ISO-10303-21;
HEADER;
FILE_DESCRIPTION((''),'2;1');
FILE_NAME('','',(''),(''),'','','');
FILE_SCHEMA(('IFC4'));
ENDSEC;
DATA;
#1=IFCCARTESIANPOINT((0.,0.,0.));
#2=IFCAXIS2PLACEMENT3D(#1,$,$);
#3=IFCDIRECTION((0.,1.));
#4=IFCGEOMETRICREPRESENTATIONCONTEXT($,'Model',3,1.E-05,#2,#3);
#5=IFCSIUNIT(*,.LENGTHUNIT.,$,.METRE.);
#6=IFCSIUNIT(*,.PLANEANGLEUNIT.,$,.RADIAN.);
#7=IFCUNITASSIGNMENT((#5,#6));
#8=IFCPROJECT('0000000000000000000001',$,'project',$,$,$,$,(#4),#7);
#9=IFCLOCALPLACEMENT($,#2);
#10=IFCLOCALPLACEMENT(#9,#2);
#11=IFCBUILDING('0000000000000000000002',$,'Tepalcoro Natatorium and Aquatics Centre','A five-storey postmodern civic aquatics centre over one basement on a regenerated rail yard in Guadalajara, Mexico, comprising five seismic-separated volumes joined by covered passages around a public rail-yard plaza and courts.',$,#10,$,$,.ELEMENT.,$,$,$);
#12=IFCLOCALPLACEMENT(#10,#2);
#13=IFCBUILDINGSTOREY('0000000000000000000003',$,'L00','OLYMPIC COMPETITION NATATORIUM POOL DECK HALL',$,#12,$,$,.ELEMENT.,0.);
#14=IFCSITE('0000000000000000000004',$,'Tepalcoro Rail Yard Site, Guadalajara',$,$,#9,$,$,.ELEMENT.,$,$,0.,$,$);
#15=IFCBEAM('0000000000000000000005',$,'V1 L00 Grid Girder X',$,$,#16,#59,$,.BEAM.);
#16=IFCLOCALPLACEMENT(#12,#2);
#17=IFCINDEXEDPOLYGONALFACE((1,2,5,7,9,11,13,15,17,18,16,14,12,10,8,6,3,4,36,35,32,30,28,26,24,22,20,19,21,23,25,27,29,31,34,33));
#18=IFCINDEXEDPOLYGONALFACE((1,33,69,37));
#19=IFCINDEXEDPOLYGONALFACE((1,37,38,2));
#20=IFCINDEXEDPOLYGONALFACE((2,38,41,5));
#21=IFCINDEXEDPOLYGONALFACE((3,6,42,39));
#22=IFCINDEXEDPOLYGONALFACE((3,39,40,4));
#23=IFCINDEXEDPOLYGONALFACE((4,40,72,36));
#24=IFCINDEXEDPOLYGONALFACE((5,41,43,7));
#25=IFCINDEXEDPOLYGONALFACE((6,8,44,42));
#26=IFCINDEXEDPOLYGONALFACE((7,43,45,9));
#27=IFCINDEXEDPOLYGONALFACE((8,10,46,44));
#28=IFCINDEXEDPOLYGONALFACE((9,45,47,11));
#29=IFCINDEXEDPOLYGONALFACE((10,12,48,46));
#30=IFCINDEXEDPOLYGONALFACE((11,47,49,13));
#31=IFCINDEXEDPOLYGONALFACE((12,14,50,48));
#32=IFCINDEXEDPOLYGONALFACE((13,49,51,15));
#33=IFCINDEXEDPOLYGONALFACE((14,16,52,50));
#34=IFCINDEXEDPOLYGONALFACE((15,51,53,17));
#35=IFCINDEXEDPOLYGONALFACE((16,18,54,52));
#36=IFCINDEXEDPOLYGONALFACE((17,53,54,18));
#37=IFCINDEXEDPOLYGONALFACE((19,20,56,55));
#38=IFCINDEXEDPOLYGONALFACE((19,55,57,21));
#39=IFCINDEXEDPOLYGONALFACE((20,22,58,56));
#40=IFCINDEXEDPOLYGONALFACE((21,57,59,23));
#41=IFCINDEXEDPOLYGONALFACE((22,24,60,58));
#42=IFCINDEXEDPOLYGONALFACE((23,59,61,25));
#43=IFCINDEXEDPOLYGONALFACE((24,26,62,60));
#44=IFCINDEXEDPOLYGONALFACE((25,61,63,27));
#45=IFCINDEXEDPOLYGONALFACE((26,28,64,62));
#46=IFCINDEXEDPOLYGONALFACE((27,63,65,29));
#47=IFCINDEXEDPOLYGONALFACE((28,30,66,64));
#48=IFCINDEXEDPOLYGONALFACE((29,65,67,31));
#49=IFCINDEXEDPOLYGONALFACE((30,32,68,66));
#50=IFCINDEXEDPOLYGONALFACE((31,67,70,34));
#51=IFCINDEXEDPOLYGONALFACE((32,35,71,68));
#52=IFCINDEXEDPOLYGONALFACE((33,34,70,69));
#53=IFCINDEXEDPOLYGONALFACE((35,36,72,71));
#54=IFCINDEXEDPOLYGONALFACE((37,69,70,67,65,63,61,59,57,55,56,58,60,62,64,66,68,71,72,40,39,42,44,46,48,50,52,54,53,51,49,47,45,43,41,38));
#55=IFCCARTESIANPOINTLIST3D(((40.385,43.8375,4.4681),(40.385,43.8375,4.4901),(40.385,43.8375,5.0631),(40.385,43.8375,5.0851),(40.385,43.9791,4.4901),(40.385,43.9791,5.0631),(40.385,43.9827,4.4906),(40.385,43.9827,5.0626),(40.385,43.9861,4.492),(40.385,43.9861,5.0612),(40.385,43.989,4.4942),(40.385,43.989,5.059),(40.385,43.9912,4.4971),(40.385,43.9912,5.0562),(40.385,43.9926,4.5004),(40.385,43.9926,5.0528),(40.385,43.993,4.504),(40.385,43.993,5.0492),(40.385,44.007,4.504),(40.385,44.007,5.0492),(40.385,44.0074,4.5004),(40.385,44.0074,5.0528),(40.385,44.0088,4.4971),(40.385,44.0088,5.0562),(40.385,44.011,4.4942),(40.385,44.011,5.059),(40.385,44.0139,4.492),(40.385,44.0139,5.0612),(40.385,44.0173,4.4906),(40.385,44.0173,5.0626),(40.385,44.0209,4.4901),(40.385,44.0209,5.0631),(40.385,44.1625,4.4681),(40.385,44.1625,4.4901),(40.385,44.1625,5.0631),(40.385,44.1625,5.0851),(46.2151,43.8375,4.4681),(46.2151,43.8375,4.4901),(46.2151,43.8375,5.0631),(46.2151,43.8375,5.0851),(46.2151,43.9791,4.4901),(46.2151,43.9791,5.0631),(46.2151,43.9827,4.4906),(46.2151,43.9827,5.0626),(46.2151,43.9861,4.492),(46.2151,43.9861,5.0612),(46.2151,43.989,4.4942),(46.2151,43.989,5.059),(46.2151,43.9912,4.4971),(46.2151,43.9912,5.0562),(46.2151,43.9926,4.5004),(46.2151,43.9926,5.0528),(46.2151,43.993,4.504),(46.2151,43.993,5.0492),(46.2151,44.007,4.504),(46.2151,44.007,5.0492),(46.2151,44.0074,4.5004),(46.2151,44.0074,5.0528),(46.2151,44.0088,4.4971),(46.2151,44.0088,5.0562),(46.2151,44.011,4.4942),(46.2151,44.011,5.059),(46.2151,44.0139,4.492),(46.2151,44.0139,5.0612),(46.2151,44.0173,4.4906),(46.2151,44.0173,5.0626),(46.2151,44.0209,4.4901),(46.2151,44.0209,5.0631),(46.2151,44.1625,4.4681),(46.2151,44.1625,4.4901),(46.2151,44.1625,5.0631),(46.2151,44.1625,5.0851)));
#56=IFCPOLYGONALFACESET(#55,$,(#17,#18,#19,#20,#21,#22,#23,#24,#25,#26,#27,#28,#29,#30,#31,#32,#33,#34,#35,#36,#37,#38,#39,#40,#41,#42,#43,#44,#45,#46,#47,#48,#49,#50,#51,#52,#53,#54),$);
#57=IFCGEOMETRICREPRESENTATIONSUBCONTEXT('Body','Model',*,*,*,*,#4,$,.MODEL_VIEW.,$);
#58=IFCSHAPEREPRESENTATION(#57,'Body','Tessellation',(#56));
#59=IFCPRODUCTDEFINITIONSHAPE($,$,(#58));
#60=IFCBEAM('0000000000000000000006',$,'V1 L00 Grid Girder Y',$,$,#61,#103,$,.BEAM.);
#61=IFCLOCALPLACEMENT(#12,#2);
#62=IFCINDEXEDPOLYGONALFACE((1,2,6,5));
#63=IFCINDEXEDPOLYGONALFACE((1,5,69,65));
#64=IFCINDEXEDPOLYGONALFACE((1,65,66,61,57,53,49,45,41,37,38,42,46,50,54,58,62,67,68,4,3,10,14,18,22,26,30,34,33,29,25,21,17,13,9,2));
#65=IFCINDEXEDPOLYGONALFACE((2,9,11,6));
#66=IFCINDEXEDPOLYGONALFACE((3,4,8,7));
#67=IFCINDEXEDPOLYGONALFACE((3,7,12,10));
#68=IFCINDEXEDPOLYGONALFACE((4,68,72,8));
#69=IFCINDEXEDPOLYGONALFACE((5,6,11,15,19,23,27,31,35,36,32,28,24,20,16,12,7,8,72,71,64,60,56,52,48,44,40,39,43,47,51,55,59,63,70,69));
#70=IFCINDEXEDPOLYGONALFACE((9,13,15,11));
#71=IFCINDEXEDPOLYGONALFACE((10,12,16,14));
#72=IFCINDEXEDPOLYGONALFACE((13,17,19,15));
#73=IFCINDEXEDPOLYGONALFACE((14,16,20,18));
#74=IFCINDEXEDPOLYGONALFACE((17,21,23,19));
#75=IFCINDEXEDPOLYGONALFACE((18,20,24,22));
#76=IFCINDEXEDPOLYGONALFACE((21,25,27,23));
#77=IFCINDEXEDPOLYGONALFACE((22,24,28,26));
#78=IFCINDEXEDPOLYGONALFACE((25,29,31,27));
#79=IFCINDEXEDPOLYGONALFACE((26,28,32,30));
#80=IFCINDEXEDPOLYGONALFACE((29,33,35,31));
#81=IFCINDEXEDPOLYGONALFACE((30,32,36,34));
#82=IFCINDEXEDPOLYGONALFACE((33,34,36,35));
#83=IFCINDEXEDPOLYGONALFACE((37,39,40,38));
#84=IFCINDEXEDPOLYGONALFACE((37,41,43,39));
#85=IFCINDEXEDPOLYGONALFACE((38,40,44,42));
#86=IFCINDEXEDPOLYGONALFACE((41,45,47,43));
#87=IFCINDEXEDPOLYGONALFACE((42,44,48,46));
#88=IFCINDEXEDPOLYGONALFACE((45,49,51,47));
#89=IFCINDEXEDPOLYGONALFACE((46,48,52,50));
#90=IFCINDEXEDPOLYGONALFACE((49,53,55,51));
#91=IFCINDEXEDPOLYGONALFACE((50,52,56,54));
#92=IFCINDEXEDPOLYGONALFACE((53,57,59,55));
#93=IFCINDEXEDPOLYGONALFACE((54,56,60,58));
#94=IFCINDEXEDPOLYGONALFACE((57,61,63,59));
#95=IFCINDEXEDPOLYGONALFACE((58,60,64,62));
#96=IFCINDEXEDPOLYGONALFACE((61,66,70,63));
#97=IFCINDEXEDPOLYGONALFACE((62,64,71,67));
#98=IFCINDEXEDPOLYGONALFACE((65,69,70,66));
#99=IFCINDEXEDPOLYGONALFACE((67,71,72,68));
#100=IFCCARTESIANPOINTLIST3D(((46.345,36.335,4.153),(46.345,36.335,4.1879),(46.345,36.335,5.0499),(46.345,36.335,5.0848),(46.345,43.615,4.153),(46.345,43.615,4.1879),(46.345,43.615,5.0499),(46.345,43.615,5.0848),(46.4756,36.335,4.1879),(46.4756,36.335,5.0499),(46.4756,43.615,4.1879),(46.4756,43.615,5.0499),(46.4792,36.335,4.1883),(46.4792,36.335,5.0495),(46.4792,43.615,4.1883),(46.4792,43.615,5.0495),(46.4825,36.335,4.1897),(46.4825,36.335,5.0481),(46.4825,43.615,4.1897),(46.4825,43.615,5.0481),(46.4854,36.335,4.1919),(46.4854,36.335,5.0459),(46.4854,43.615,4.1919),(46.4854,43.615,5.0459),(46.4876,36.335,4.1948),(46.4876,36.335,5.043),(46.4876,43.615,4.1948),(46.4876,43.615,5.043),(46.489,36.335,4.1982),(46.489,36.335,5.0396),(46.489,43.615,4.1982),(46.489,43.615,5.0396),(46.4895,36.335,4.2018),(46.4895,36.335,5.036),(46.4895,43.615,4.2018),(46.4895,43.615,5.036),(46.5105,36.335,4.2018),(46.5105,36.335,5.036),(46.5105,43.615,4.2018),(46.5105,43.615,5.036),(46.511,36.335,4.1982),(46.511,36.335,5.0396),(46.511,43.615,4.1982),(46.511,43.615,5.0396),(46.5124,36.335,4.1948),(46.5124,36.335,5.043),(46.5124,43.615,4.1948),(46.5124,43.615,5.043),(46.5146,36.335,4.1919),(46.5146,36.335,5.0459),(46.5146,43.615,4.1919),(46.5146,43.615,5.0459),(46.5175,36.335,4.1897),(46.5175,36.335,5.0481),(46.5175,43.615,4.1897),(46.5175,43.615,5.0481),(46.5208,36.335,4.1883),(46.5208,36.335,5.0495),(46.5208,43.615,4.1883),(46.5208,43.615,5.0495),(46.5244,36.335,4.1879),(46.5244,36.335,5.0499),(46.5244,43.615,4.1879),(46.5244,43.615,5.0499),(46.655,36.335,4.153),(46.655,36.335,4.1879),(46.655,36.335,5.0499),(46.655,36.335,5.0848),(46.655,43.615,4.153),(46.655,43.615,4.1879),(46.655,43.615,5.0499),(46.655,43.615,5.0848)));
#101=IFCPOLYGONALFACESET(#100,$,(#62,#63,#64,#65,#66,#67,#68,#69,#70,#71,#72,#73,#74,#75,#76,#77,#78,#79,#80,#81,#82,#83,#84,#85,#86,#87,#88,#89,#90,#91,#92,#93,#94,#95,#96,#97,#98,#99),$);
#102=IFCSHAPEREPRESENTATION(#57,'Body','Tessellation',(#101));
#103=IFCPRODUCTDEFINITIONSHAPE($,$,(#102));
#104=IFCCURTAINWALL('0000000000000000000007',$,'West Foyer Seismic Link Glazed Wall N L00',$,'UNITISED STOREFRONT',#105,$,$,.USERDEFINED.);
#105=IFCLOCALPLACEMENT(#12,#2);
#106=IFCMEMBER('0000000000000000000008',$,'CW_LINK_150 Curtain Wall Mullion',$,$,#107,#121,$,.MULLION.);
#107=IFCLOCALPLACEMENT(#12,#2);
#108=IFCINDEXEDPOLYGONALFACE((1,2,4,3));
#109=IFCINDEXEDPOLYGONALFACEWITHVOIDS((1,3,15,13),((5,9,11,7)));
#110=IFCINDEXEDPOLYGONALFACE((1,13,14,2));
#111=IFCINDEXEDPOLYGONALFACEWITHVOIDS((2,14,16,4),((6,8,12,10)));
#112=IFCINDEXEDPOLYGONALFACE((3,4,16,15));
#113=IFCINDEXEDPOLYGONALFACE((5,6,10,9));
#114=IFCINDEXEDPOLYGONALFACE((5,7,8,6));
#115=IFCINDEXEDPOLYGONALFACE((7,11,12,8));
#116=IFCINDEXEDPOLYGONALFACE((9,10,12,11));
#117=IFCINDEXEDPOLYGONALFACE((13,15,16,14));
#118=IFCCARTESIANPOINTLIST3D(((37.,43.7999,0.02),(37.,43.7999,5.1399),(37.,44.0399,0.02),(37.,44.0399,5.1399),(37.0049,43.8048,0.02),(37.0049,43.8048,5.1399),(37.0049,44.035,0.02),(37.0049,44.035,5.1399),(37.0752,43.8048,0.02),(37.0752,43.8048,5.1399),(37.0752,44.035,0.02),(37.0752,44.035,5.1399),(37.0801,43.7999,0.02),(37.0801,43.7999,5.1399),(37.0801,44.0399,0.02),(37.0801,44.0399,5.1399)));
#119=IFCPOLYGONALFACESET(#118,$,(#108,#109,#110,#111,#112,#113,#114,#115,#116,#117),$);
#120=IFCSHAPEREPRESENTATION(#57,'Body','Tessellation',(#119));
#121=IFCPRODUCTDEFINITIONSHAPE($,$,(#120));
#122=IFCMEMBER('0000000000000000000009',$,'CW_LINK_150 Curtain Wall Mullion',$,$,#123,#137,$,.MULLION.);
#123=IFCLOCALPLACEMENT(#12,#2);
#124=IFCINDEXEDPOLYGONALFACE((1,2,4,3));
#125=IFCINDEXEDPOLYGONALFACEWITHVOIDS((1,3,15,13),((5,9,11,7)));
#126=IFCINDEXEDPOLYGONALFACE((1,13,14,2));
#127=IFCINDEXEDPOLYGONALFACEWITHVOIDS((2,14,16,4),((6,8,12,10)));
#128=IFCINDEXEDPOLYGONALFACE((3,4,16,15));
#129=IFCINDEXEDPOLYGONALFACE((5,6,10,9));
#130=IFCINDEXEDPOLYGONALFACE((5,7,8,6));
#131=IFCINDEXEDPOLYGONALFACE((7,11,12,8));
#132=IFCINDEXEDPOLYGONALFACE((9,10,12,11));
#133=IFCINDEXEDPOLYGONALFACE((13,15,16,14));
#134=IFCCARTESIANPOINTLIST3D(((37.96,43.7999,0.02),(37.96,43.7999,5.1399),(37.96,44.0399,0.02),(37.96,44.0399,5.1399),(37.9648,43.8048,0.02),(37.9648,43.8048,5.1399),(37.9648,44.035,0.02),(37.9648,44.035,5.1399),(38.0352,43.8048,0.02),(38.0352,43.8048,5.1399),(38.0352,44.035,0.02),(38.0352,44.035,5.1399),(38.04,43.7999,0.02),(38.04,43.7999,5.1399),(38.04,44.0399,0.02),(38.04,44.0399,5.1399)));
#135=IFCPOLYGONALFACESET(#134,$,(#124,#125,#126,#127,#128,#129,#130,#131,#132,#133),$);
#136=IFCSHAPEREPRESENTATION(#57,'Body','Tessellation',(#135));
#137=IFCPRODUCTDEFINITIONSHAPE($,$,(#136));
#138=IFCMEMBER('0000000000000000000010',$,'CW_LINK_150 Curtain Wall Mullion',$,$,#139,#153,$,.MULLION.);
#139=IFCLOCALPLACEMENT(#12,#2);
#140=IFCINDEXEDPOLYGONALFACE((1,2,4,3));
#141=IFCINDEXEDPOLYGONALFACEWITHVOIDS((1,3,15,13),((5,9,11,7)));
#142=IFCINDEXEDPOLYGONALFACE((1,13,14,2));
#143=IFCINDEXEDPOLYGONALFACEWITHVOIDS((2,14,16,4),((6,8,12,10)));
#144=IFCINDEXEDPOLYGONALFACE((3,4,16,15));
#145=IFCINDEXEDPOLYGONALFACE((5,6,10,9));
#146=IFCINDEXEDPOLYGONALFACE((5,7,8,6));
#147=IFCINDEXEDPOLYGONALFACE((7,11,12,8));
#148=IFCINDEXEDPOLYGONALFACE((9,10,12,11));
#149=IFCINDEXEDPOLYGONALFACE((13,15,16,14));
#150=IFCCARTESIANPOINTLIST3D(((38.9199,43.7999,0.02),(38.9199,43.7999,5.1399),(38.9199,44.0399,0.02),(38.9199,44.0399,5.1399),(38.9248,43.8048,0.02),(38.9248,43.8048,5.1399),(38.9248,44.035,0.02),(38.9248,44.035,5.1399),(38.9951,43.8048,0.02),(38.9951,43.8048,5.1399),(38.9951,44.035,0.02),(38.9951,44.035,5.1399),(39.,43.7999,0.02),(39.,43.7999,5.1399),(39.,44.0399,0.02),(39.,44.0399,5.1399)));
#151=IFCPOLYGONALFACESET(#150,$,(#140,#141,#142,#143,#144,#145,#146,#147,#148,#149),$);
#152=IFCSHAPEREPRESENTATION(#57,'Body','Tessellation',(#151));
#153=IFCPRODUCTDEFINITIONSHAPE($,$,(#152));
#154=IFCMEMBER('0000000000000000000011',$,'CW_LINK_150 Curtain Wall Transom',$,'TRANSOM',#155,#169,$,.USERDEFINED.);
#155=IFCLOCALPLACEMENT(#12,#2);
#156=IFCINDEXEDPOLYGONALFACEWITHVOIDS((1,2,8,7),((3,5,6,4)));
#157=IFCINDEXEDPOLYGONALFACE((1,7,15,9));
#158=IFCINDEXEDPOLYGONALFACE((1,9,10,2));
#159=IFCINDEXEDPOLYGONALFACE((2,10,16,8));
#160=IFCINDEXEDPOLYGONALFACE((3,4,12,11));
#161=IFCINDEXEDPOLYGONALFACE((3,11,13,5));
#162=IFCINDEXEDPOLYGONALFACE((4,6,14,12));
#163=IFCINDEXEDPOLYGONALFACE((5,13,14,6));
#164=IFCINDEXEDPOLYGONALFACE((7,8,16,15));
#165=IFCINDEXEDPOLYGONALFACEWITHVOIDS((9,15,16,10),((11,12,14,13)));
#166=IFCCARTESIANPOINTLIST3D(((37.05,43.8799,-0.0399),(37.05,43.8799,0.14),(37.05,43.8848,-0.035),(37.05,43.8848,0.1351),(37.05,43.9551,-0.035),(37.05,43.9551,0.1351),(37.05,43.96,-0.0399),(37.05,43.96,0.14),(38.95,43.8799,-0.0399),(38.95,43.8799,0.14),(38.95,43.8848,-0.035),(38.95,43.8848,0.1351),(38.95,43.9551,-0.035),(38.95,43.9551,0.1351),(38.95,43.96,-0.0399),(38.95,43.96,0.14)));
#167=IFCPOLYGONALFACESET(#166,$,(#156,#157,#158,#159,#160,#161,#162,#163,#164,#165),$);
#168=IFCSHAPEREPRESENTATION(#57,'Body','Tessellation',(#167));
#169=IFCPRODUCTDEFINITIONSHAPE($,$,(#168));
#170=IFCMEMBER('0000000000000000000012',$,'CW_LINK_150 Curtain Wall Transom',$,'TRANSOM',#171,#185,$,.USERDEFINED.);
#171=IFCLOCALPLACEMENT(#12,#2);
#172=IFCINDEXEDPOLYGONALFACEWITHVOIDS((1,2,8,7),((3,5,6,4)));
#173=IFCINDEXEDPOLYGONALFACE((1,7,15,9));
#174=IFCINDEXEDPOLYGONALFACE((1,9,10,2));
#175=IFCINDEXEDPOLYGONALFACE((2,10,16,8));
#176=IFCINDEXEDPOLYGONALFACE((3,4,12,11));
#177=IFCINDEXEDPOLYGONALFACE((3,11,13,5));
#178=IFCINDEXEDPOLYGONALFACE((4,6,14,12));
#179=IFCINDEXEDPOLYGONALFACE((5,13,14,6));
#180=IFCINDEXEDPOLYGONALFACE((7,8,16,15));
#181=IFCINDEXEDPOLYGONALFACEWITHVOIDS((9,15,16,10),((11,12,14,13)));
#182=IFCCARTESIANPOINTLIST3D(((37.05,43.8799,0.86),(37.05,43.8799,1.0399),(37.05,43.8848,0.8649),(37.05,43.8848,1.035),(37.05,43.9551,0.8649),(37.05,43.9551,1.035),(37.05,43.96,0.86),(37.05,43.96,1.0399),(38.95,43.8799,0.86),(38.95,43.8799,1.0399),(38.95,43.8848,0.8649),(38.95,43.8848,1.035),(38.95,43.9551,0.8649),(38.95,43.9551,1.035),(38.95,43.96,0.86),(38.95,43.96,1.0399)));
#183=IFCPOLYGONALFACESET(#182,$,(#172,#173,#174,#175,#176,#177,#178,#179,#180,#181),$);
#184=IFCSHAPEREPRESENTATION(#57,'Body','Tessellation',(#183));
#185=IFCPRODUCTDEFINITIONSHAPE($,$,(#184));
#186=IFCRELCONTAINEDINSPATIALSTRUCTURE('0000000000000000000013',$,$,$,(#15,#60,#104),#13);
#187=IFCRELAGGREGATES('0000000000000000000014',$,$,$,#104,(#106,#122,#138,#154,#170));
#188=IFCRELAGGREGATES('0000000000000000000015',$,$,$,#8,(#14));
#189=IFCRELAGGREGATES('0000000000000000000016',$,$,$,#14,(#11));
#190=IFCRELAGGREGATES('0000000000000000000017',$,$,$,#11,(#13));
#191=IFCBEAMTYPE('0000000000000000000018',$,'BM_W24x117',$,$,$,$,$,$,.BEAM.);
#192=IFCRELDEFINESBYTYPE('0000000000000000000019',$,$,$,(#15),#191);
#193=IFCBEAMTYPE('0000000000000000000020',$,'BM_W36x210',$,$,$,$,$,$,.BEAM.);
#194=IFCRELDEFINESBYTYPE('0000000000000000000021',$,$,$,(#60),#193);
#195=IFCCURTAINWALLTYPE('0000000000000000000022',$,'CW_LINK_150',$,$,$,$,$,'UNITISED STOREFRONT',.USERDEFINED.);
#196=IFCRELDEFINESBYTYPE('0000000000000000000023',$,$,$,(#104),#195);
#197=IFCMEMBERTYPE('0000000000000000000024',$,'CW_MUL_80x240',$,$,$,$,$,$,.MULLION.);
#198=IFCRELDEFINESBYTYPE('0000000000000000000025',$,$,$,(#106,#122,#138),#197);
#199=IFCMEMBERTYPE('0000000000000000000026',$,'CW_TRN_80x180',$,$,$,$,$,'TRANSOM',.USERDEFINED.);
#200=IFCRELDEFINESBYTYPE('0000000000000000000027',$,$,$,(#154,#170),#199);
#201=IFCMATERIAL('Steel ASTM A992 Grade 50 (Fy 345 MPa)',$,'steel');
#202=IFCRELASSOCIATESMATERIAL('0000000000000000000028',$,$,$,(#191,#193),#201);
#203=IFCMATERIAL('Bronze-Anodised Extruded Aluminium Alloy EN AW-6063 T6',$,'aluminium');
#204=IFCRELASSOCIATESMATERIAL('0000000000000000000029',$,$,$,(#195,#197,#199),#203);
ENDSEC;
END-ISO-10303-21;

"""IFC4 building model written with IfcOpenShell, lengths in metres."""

from ifc_helpers import new_model, si_unit, direction, frame, origin, origin_2d, place, context, subcontext, project, spatial, hollow_rectangle, i_section, extrude, material, material_profile, profile_set, type_object, element, aggregate, save


model = new_model("IFC4")

# Units and contexts
model_context = context("Model", 3, precision=1e-05, world=origin(), true_north=direction((0.0, 1.0)))
body_context = subcontext(model_context, "Body", "Model", "MODEL_VIEW")
ifc_project = project(units=[si_unit("LENGTHUNIT", "METRE"), si_unit("PLANEANGLEUNIT", "RADIAN")], contexts=[model_context])

# Site, building, storey
site_placement = place(None, origin())
site = spatial("IfcSite", under=ifc_project, at=site_placement, Name="Tepalcoro Rail Yard Site, Guadalajara", CompositionType="ELEMENT", RefElevation=0.0)
building_placement = place(site_placement, origin())
building = spatial("IfcBuilding", under=site, at=building_placement, Name="Tepalcoro Natatorium and Aquatics Centre", Description="A five-storey postmodern civic aquatics centre over one basement on a regenerated rail yard in Guadalajara, Mexico, comprising five seismic-separated volumes joined by covered passages around a public rail-yard plaza and courts.", CompositionType="ELEMENT")
storey_placement = place(building_placement, origin())
storey = spatial("IfcBuildingStorey", under=building, at=storey_placement, Name="L00", Description="OLYMPIC COMPETITION NATATORIUM POOL DECK HALL", CompositionType="ELEMENT", Elevation=0.0)

# Shared definitions
ifc_material_1 = material(Name="Steel ASTM A992 Grade 50 (Fy 345 MPa)", Category="steel")

# Beams
ifc_material_profile_1 = material_profile(ifc_material_1, i_section(OverallWidth=0.325, OverallDepth=0.6169, WebThickness=0.0139, FlangeThickness=0.022, FilletRadius=0.0139, at=origin_2d()), Name="W24X117")
ifc_profile_set_1 = profile_set([ifc_material_profile_1], Name="Steel ASTM A992 Grade 50 (Fy 345 MPa)")
beam_type_1 = type_object("IfcBeamType", Name="BM_W24x117", PredefinedType="BEAM", material=ifc_profile_set_1)
beam_1_placement = place(storey_placement, frame((40.385, 44.0, 4.7766), z_axis=(1.0, 0.0, 0.0), x_axis=(0.0, 1.0, 0.0)))
element("IfcBeam", 1, at=beam_1_placement, inside=storey, type_object=beam_type_1, Name="V1 L00 Grid Girder X", PredefinedType="BEAM", context=body_context, shape_type="SweptSolid", body=[
    extrude(i_section(OverallWidth=0.325, OverallDepth=0.6169, WebThickness=0.0139, FlangeThickness=0.022, FilletRadius=0.0139, at=origin_2d()), origin(), (0.0, 0.0, 1.0), 5.8301),
])
ifc_material_profile_2 = material_profile(ifc_material_1, i_section(OverallWidth=0.3101, OverallDepth=0.9319, WebThickness=0.021, FlangeThickness=0.0349, FilletRadius=0.0139, at=origin_2d()), Name="W36X210")
ifc_profile_set_2 = profile_set([ifc_material_profile_2], Name="Steel ASTM A992 Grade 50 (Fy 345 MPa)")
beam_type_2 = type_object("IfcBeamType", Name="BM_W36x210", PredefinedType="BEAM", material=ifc_profile_set_2)
beam_2_placement = place(storey_placement, frame((46.5, 36.335, 4.6189), z_axis=(0.0, 1.0, 0.0), x_axis=(-1.0, 0.0, 0.0)))
element("IfcBeam", 2, at=beam_2_placement, inside=storey, type_object=beam_type_2, Name="V1 L00 Grid Girder Y", PredefinedType="BEAM", context=body_context, shape_type="SweptSolid", body=[
    extrude(i_section(OverallWidth=0.3101, OverallDepth=0.9319, WebThickness=0.021, FlangeThickness=0.0349, FilletRadius=0.0139, at=origin_2d()), origin(), (0.0, 0.0, 1.0), 7.28),
])

# Curtain wall, members
ifc_material_2 = material(Name="Bronze-Anodised Extruded Aluminium Alloy EN AW-6063 T6", Category="aluminium")
curtain_wall_type = type_object("IfcCurtainWallType", Name="CW_LINK_150", ElementType="UNITISED STOREFRONT", PredefinedType="USERDEFINED", material=ifc_material_2)
curtain_wall_placement = place(storey_placement, origin())
curtain_wall = element("IfcCurtainWall", 3, at=curtain_wall_placement, inside=storey, type_object=curtain_wall_type, Name="West Foyer Seismic Link Glazed Wall N L00", ObjectType="UNITISED STOREFRONT", PredefinedType="USERDEFINED")
ifc_material_profile_3 = material_profile(ifc_material_2, hollow_rectangle(XDim=0.0801, YDim=0.24, WallThickness=0.0049, at=origin_2d()), Name="AL80X240X5")
ifc_profile_set_3 = profile_set([ifc_material_profile_3], Name="Bronze-Anodised Extruded Aluminium Alloy EN AW-6063 T6")
member_type_1 = type_object("IfcMemberType", Name="CW_MUL_80x240", PredefinedType="MULLION", material=ifc_profile_set_3)
member_1_placement = place(storey_placement, frame((37.04, 43.9199, 0.02), z_axis=(0.0, 0.0, 1.0), x_axis=(1.0, 0.0, 0.0)))
member_1 = element("IfcMember", 4, at=member_1_placement, type_object=member_type_1, Name="CW_LINK_150 Curtain Wall Mullion", PredefinedType="MULLION", context=body_context, shape_type="SweptSolid", body=[
    extrude(hollow_rectangle(XDim=0.0801, YDim=0.24, WallThickness=0.0049, at=origin_2d()), origin(), (0.0, 0.0, 1.0), 5.1199),
])
member_2_placement = place(storey_placement, frame((38.0, 43.9199, 0.02), z_axis=(0.0, 0.0, 1.0), x_axis=(1.0, 0.0, 0.0)))
member_2 = element("IfcMember", 5, at=member_2_placement, type_object=member_type_1, Name="CW_LINK_150 Curtain Wall Mullion", PredefinedType="MULLION", context=body_context, shape_type="SweptSolid", body=[
    extrude(hollow_rectangle(XDim=0.0801, YDim=0.24, WallThickness=0.0049, at=origin_2d()), origin(), (0.0, 0.0, 1.0), 5.1199),
])
member_3_placement = place(storey_placement, frame((38.96, 43.9199, 0.02), z_axis=(0.0, 0.0, 1.0), x_axis=(1.0, 0.0, 0.0)))
member_3 = element("IfcMember", 6, at=member_3_placement, type_object=member_type_1, Name="CW_LINK_150 Curtain Wall Mullion", PredefinedType="MULLION", context=body_context, shape_type="SweptSolid", body=[
    extrude(hollow_rectangle(XDim=0.0801, YDim=0.24, WallThickness=0.0049, at=origin_2d()), origin(), (0.0, 0.0, 1.0), 5.1199),
])
ifc_material_profile_4 = material_profile(ifc_material_2, hollow_rectangle(XDim=0.0801, YDim=0.1799, WallThickness=0.0049, at=origin_2d()), Name="AL80X180X5")
ifc_profile_set_4 = profile_set([ifc_material_profile_4], Name="Bronze-Anodised Extruded Aluminium Alloy EN AW-6063 T6")
member_type_2 = type_object("IfcMemberType", Name="CW_TRN_80x180", ElementType="TRANSOM", PredefinedType="USERDEFINED", material=ifc_profile_set_4)
member_4_placement = place(storey_placement, frame((37.05, 43.9199, 0.05), z_axis=(1.0, 0.0, 0.0), x_axis=(0.0, 1.0, 0.0)))
member_4 = element("IfcMember", 7, at=member_4_placement, type_object=member_type_2, Name="CW_LINK_150 Curtain Wall Transom", ObjectType="TRANSOM", PredefinedType="USERDEFINED", context=body_context, shape_type="SweptSolid", body=[
    extrude(hollow_rectangle(XDim=0.0801, YDim=0.1799, WallThickness=0.0049, at=origin_2d()), origin(), (0.0, 0.0, 1.0), 1.8999),
])
member_5_placement = place(storey_placement, frame((37.05, 43.9199, 0.95), z_axis=(1.0, 0.0, 0.0), x_axis=(0.0, 1.0, 0.0)))
member_5 = element("IfcMember", 8, at=member_5_placement, type_object=member_type_2, Name="CW_LINK_150 Curtain Wall Transom", ObjectType="TRANSOM", PredefinedType="USERDEFINED", context=body_context, shape_type="SweptSolid", body=[
    extrude(hollow_rectangle(XDim=0.0801, YDim=0.1799, WallThickness=0.0049, at=origin_2d()), origin(), (0.0, 0.0, 1.0), 1.8999),
])

aggregate(curtain_wall, [member_1, member_2, member_3, member_4, member_5])

save(model, "model.ifc")
